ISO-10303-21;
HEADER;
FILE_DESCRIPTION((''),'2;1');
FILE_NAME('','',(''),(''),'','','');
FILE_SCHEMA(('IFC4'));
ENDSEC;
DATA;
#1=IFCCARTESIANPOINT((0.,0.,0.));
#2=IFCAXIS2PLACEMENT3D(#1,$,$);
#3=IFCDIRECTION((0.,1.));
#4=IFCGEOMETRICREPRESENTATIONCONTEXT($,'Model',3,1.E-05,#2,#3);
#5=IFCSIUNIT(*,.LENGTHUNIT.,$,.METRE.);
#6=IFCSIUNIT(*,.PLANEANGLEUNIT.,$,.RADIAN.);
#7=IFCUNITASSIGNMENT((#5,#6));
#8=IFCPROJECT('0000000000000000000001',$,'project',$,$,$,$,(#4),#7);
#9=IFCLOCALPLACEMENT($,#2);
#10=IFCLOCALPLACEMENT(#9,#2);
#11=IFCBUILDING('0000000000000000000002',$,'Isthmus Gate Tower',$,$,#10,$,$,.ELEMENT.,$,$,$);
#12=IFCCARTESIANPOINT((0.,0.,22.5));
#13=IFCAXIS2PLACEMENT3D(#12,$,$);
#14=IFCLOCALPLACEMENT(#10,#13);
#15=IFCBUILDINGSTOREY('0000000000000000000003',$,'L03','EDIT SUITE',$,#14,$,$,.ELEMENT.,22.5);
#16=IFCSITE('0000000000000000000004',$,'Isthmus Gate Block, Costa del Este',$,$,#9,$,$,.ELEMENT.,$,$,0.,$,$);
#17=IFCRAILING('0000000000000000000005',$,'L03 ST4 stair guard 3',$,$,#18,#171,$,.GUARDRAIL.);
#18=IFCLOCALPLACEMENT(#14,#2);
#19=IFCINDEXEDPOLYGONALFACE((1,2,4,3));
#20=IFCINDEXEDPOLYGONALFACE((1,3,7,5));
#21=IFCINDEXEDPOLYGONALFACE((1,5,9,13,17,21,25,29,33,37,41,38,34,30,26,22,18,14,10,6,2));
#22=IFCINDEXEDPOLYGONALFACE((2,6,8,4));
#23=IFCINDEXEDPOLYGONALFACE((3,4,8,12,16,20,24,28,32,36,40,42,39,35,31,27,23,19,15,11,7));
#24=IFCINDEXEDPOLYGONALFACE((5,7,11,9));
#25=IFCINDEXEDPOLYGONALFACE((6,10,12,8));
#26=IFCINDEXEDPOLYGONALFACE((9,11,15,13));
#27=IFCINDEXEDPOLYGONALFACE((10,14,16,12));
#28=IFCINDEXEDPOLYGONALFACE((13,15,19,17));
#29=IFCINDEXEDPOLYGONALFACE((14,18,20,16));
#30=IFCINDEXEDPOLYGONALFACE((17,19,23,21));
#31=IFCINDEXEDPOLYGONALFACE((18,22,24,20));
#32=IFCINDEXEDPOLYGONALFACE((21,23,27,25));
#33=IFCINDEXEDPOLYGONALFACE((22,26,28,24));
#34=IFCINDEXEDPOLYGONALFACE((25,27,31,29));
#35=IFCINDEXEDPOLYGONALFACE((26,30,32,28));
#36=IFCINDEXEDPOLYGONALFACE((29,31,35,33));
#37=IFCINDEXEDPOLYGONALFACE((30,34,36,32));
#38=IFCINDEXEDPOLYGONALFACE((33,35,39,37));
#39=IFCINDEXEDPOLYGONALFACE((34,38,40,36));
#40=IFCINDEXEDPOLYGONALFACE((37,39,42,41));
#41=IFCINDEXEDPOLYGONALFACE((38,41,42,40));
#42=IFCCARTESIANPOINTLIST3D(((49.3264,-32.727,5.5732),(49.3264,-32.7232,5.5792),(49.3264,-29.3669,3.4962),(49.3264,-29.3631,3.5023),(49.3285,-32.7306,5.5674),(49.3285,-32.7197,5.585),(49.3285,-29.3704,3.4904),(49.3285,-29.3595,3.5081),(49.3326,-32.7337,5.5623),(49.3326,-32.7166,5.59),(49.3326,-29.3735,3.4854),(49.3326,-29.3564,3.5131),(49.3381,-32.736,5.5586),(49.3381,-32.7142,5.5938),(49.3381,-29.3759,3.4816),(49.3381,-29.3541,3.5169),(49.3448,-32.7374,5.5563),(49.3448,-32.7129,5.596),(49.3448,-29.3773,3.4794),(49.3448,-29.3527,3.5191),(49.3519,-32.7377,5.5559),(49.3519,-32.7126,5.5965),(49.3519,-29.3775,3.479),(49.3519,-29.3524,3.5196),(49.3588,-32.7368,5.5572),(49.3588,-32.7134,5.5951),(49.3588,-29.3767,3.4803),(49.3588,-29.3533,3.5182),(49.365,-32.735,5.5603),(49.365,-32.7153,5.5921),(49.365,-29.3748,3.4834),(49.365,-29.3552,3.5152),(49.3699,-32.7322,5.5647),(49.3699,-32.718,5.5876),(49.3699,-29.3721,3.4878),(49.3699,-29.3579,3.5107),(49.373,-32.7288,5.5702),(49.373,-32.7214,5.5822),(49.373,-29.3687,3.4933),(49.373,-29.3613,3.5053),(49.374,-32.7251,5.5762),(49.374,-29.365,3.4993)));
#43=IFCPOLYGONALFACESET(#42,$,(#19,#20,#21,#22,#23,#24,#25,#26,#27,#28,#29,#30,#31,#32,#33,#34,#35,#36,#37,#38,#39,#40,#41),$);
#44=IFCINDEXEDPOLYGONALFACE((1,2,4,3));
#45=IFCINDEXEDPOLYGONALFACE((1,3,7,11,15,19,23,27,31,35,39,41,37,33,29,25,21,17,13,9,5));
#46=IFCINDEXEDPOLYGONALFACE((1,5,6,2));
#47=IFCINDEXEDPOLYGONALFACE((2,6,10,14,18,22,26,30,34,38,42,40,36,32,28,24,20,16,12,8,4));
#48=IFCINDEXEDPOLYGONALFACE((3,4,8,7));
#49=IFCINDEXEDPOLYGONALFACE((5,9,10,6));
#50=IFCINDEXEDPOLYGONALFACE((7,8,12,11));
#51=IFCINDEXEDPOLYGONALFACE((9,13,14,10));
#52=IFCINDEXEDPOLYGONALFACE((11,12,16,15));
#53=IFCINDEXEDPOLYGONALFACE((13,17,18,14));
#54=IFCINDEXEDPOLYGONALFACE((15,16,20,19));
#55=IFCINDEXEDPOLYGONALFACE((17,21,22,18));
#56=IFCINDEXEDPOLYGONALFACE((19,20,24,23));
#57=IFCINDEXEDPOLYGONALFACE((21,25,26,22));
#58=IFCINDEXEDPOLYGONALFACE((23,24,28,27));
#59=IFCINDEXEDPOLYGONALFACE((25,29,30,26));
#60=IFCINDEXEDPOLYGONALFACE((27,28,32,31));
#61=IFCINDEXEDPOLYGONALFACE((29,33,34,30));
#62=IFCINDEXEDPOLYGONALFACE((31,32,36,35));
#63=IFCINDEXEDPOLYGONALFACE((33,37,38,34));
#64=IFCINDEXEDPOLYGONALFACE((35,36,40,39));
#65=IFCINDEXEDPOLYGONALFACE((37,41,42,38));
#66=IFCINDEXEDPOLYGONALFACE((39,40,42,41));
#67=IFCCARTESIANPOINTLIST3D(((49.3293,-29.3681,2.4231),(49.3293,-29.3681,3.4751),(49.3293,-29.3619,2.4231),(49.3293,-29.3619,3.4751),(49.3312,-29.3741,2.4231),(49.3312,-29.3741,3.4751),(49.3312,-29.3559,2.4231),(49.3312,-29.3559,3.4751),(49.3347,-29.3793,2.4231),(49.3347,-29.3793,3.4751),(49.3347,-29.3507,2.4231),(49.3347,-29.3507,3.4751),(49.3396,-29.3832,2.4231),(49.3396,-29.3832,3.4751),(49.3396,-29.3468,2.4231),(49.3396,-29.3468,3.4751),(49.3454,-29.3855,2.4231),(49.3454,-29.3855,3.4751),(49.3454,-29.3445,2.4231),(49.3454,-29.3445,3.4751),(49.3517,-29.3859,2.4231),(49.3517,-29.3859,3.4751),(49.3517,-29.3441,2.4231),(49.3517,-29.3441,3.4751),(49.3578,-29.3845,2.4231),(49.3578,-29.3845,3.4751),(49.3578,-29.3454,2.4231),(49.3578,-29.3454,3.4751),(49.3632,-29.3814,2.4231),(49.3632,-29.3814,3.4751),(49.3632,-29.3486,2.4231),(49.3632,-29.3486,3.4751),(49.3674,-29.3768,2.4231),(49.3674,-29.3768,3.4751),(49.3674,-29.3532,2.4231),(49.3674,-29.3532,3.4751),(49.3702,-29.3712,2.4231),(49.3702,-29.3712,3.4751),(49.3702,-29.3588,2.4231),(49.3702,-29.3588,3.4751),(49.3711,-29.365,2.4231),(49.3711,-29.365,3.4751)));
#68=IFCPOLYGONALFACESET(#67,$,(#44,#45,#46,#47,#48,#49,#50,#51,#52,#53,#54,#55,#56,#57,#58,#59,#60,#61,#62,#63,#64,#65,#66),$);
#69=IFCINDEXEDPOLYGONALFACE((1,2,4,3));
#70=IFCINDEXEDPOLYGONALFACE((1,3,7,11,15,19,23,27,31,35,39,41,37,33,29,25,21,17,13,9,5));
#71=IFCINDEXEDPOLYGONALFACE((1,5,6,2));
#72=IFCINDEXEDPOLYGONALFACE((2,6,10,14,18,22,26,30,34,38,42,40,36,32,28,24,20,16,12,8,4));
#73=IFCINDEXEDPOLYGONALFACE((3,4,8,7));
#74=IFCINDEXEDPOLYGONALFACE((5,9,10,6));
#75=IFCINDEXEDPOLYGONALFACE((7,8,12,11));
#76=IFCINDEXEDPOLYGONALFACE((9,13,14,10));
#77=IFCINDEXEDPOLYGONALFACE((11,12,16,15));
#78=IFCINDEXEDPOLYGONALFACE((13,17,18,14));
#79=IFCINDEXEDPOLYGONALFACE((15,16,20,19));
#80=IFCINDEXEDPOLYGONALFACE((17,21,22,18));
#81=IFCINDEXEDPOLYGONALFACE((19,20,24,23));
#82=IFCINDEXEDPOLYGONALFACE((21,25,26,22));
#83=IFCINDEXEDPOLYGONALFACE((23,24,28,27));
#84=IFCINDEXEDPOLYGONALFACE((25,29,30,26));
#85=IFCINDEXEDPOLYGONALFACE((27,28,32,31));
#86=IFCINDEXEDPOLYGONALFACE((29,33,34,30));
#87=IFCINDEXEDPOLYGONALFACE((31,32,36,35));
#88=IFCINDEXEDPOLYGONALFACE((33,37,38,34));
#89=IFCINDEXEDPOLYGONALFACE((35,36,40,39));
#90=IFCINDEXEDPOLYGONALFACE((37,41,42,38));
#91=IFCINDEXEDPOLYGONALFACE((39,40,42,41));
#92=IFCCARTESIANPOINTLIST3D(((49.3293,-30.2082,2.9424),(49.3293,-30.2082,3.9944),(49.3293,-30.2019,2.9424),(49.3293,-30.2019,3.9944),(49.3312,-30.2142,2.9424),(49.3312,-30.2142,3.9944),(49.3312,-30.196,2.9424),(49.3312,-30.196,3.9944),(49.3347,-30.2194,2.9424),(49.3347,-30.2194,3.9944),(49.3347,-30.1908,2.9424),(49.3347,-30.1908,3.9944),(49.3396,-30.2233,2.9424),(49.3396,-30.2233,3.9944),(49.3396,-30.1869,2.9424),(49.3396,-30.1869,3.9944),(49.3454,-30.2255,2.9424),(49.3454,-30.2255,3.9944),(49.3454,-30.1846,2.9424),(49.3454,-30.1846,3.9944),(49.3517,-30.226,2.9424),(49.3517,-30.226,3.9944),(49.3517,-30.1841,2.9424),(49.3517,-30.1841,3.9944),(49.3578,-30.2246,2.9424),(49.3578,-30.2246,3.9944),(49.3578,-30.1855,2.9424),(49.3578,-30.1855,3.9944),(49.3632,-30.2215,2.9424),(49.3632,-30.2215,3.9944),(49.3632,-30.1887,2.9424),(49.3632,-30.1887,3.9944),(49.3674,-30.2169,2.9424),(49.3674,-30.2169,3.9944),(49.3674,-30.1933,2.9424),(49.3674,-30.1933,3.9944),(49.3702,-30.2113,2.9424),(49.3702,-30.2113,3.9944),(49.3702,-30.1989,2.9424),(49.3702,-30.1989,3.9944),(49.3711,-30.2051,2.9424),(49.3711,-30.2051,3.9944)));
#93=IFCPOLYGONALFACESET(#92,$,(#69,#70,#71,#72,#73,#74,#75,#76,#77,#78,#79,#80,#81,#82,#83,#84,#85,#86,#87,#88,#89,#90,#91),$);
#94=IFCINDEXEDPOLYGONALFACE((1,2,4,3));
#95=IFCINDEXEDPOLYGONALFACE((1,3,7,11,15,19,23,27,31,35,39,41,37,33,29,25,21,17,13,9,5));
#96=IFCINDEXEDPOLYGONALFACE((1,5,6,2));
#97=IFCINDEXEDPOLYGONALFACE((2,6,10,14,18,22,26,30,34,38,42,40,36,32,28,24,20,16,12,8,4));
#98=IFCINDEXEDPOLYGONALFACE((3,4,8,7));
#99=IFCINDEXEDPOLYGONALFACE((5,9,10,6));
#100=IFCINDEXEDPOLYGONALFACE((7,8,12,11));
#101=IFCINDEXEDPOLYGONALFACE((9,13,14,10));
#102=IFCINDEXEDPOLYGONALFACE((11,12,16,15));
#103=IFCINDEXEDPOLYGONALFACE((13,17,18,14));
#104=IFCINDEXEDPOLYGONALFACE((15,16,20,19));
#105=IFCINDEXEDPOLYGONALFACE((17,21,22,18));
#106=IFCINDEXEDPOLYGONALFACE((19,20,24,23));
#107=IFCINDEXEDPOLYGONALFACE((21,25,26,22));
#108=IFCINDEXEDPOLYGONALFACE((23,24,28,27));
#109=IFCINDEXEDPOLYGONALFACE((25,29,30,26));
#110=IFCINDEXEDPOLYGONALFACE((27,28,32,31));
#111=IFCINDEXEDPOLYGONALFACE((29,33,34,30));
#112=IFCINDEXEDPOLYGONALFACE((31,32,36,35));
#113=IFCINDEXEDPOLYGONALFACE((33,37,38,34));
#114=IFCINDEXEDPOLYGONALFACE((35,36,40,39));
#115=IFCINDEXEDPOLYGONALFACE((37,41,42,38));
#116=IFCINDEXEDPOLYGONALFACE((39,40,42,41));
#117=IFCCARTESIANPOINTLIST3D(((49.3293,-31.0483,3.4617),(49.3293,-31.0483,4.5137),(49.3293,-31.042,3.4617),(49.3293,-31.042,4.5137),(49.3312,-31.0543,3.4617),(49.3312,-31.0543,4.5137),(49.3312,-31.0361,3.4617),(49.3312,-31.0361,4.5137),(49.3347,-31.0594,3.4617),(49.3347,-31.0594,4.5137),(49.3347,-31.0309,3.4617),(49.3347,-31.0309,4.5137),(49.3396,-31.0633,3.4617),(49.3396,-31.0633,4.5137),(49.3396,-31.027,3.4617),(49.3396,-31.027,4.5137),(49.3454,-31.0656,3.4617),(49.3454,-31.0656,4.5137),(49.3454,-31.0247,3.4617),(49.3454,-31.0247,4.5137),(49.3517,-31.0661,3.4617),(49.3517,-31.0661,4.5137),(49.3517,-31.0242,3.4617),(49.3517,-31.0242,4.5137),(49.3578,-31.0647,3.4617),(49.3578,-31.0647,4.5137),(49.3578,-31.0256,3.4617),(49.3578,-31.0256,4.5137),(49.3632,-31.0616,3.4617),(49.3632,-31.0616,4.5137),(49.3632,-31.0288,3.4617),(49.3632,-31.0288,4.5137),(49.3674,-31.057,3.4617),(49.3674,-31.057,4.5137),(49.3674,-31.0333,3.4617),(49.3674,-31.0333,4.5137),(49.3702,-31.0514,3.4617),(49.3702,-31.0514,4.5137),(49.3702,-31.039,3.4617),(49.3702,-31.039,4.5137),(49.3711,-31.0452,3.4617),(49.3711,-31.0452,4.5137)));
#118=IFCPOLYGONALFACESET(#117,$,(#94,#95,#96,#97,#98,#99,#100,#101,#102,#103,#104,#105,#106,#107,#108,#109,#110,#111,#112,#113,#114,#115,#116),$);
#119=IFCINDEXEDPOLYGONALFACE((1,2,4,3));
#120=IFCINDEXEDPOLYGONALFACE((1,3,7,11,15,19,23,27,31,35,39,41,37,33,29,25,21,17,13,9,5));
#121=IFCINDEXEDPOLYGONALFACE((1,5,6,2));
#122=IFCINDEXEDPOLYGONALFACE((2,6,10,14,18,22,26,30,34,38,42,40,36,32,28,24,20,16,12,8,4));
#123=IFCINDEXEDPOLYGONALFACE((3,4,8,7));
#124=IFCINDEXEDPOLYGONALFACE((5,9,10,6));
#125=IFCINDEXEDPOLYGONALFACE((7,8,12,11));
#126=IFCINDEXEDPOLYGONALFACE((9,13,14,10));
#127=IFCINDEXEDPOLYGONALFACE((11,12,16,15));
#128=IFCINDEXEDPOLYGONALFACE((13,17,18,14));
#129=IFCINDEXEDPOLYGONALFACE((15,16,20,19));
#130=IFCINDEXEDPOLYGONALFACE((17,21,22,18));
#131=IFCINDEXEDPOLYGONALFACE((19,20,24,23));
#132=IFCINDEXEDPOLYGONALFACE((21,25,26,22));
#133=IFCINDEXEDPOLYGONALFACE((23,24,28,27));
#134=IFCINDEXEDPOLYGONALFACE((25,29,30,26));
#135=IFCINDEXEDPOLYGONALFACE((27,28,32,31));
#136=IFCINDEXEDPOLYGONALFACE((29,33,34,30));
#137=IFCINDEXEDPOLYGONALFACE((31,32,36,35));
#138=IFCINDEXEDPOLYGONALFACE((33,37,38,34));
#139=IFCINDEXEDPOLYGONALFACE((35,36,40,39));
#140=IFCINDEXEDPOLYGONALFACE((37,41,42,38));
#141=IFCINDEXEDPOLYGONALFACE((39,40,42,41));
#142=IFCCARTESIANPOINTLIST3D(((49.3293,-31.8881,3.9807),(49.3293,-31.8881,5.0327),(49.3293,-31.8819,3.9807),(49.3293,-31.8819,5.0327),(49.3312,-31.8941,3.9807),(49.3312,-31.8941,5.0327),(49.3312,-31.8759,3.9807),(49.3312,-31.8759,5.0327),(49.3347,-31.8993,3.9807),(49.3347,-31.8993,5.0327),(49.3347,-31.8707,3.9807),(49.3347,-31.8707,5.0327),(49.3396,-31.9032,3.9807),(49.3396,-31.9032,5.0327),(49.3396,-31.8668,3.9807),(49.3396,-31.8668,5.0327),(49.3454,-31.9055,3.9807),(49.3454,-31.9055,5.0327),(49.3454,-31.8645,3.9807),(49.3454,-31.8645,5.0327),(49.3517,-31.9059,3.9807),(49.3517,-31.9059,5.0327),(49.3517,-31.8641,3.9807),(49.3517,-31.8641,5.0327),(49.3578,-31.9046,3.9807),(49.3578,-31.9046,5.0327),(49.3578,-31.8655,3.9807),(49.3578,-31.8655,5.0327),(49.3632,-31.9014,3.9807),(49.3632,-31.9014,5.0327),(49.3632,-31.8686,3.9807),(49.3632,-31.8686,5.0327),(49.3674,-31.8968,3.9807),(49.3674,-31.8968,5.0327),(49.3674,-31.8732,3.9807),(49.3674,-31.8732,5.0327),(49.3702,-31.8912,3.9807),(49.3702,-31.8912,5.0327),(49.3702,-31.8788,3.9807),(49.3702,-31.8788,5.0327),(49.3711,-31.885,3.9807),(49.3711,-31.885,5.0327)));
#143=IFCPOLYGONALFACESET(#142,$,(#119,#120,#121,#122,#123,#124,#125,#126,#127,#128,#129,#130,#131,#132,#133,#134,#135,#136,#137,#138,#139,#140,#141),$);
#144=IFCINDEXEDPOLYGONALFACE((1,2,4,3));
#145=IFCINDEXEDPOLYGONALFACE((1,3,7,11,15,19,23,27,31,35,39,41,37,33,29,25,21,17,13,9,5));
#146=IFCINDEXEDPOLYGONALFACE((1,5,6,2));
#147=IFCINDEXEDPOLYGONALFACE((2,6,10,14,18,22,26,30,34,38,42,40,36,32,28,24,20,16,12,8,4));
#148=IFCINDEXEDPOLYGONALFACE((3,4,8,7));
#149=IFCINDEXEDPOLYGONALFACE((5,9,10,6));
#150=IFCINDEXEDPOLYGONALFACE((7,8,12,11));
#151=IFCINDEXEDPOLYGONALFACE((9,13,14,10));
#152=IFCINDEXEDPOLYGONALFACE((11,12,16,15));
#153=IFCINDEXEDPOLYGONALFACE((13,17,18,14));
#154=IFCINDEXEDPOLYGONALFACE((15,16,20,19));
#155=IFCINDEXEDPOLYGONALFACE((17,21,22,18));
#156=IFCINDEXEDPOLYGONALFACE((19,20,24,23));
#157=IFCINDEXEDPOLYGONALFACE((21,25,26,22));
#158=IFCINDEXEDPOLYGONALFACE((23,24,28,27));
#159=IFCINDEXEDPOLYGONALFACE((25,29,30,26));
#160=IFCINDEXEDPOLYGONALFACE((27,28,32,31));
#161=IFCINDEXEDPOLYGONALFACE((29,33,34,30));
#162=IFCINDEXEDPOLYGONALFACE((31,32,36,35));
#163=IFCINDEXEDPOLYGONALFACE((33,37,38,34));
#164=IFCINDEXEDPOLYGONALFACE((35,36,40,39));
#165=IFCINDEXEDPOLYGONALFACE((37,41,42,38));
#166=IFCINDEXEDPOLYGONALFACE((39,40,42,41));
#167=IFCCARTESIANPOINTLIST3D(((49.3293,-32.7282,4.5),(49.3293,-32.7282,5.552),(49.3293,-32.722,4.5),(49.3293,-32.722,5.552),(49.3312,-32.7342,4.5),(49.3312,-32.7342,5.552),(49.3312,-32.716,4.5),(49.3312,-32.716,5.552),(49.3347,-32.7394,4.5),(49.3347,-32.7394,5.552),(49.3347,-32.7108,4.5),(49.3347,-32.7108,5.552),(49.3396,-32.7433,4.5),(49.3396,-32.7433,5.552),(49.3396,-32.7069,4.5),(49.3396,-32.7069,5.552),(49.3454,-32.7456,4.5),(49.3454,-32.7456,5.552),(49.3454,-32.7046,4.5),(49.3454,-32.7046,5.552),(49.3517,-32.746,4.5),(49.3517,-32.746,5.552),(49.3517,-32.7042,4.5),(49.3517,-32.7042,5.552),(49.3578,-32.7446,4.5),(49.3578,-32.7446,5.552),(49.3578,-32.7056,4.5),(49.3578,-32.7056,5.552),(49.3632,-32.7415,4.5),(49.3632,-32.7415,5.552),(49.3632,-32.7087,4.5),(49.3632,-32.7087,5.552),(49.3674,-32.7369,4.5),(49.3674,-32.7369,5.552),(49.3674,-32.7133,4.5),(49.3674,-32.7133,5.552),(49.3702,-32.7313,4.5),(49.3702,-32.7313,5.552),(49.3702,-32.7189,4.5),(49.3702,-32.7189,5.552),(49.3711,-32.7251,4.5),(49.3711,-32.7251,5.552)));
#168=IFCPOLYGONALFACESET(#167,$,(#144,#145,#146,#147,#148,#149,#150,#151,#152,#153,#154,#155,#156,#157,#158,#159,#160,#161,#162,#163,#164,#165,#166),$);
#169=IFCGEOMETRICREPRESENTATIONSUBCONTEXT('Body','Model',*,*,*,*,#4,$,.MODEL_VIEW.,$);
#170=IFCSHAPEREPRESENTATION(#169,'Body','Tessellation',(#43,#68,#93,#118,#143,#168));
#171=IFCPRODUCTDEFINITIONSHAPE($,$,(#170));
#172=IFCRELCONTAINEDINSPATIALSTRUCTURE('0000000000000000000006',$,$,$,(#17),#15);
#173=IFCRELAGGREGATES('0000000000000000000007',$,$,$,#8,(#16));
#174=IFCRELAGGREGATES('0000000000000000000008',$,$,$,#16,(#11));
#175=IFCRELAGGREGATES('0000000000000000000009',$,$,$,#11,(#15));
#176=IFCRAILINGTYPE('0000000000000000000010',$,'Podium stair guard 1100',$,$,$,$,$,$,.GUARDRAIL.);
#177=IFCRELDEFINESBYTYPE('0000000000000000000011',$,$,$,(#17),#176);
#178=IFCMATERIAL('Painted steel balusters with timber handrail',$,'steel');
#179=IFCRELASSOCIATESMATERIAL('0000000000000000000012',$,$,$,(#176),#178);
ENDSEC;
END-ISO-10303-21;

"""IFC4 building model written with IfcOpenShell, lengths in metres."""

from ifc_helpers import new_model, si_unit, direction, frame, origin, origin_2d, place, context, subcontext, project, spatial, circle, extrude, material, type_object, element, save


model = new_model("IFC4")

# Units and contexts
model_context = context("Model", 3, precision=1e-05, world=origin(), true_north=direction((0.0, 1.0)))
body_context = subcontext(model_context, "Body", "Model", "MODEL_VIEW")
ifc_project = project(units=[si_unit("LENGTHUNIT", "METRE"), si_unit("PLANEANGLEUNIT", "RADIAN")], contexts=[model_context])

# Site, building, storey
site_placement = place(None, origin())
site = spatial("IfcSite", under=ifc_project, at=site_placement, Name="Isthmus Gate Block, Costa del Este", CompositionType="ELEMENT", RefElevation=0.0)
building_placement = place(site_placement, origin())
building = spatial("IfcBuilding", under=site, at=building_placement, Name="Isthmus Gate Tower", CompositionType="ELEMENT")
storey_placement = place(building_placement, frame((0.0, 0.0, 22.5)))
storey = spatial("IfcBuildingStorey", under=building, at=storey_placement, Name="L03", Description="EDIT SUITE", CompositionType="ELEMENT", Elevation=22.5)

# Railing
ifc_material_1 = material(Name="Painted steel balusters with timber handrail", Category="steel")
railing_type_1 = type_object("IfcRailingType", Name="Podium stair guard 1100", PredefinedType="GUARDRAIL", material=ifc_material_1)
railing_1_placement = place(storey_placement, frame((49.3501, -29.365, 2.4231)))
element("IfcRailing", 1, at=railing_1_placement, inside=storey, type_object=railing_type_1, Name="L03 ST4 stair guard 3", PredefinedType="GUARDRAIL", context=body_context, shape_type="SweptSolid", body=[
    extrude(circle(Radius=0.0239, at=origin_2d()), frame((0.0, 0.0, 1.0762), z_axis=(0.0, -0.850623, 0.525776), x_axis=(1.0, 0.0, 0.0)), (0.0, 0.0, 1.0), 3.9502),
    extrude(circle(Radius=0.021, at=origin_2d()), origin(), (0.0, 0.0, 1.0), 1.052),
    extrude(circle(Radius=0.021, at=origin_2d()), frame((0.0, -0.8401, 0.5193)), (0.0, 0.0, 1.0), 1.052),
    extrude(circle(Radius=0.021, at=origin_2d()), frame((0.0, -1.6802, 1.0386)), (0.0, 0.0, 1.0), 1.052),
    extrude(circle(Radius=0.021, at=origin_2d()), frame((0.0, -2.52, 1.5576)), (0.0, 0.0, 1.0), 1.052),
    extrude(circle(Radius=0.021, at=origin_2d()), frame((0.0, -3.3601, 2.0769)), (0.0, 0.0, 1.0), 1.052),
])

save(model, "model.ifc")
